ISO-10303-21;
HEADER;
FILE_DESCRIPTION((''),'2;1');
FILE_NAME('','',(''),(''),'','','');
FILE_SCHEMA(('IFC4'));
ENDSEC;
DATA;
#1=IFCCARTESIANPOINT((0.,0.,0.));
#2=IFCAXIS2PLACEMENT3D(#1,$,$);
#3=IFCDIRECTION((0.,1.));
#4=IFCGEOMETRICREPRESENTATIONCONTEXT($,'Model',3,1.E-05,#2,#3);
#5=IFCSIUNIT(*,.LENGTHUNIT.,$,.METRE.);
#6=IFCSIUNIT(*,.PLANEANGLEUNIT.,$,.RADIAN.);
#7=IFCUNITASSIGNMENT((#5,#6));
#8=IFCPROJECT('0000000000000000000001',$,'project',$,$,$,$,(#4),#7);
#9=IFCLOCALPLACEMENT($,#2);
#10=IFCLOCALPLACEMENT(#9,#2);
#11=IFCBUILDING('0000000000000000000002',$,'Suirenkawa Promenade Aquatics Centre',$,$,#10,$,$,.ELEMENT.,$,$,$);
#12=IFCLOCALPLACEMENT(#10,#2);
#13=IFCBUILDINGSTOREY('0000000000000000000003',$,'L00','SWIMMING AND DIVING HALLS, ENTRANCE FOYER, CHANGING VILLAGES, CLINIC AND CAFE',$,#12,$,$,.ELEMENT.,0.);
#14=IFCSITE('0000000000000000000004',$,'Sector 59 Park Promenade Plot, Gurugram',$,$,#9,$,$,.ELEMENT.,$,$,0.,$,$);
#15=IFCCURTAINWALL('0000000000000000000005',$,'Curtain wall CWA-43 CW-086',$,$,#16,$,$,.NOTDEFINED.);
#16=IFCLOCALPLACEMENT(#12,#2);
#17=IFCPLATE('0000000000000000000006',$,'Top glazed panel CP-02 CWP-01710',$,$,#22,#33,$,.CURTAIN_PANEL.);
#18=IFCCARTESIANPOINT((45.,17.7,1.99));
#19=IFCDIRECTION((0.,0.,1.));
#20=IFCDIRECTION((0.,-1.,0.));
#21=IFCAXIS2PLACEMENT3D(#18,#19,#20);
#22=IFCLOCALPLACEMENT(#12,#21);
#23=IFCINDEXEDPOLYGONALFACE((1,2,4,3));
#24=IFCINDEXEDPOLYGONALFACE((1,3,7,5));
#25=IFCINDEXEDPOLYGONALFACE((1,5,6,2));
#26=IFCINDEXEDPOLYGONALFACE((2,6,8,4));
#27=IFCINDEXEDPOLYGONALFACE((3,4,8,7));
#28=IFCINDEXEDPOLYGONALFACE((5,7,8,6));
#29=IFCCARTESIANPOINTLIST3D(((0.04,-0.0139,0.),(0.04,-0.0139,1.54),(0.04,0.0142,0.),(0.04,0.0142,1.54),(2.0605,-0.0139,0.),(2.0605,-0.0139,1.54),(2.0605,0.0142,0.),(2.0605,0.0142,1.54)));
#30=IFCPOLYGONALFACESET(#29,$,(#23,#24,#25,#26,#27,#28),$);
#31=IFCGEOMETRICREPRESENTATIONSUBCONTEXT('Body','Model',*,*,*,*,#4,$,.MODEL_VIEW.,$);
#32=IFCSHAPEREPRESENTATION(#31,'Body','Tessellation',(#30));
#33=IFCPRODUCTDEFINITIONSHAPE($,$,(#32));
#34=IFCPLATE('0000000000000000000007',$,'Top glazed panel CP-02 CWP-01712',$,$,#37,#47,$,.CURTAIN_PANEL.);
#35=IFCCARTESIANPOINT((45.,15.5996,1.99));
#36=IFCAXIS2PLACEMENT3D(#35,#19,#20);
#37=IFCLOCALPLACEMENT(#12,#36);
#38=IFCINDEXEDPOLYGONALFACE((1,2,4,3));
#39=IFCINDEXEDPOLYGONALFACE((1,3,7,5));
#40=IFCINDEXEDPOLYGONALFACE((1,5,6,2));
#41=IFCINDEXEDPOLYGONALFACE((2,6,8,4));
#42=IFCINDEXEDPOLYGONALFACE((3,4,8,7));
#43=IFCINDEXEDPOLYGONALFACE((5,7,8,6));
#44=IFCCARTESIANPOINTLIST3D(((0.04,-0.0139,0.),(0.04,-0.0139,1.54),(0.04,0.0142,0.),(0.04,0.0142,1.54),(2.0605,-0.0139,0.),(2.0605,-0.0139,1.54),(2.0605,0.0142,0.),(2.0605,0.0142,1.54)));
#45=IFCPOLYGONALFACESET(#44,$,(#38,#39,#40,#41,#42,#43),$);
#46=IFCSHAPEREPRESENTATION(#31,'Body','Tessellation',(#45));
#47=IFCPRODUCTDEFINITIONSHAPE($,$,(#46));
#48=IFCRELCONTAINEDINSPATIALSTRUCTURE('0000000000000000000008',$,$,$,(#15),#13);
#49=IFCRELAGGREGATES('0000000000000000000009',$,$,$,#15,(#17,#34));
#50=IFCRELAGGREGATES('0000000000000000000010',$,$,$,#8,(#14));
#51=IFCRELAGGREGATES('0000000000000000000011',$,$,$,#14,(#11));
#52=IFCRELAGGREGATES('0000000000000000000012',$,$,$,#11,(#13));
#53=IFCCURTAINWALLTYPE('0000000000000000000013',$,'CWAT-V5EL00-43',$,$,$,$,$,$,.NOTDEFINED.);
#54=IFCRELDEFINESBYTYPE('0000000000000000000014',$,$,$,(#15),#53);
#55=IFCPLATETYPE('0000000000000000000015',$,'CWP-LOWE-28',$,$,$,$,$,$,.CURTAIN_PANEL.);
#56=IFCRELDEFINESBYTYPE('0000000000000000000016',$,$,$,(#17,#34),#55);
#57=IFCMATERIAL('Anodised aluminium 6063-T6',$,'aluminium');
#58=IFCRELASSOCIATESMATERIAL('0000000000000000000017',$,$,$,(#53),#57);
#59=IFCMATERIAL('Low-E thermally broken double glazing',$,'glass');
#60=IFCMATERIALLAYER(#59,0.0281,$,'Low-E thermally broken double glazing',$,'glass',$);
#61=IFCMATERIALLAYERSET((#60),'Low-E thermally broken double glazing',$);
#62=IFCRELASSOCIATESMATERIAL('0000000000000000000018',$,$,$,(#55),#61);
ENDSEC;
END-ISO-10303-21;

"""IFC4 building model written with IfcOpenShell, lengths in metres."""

from ifc_helpers import new_model, si_unit, direction, frame, origin, place, context, subcontext, project, spatial, polyline, outline, extrude, material, layer, layer_set, type_object, element, aggregate, save


model = new_model("IFC4")

# Units and contexts
model_context = context("Model", 3, precision=1e-05, world=origin(), true_north=direction((0.0, 1.0)))
body_context = subcontext(model_context, "Body", "Model", "MODEL_VIEW")
ifc_project = project(units=[si_unit("LENGTHUNIT", "METRE"), si_unit("PLANEANGLEUNIT", "RADIAN")], contexts=[model_context])

# Site, building, storey
site_placement = place(None, origin())
site = spatial("IfcSite", under=ifc_project, at=site_placement, Name="Sector 59 Park Promenade Plot, Gurugram", CompositionType="ELEMENT", RefElevation=0.0)
building_placement = place(site_placement, origin())
building = spatial("IfcBuilding", under=site, at=building_placement, Name="Suirenkawa Promenade Aquatics Centre", CompositionType="ELEMENT")
storey_placement = place(building_placement, origin())
storey = spatial("IfcBuildingStorey", under=building, at=storey_placement, Name="L00", Description="SWIMMING AND DIVING HALLS, ENTRANCE FOYER, CHANGING VILLAGES, CLINIC AND CAFE", CompositionType="ELEMENT", Elevation=0.0)

# Curtain wall, plates
ifc_material_1 = material(Name="Anodised aluminium 6063-T6", Category="aluminium")
curtain_wall_type = type_object("IfcCurtainWallType", Name="CWAT-V5EL00-43", PredefinedType="NOTDEFINED", material=ifc_material_1)
curtain_wall_placement = place(storey_placement, origin())
curtain_wall = element("IfcCurtainWall", 1, at=curtain_wall_placement, inside=storey, type_object=curtain_wall_type, Name="Curtain wall CWA-43 CW-086", PredefinedType="NOTDEFINED")
ifc_material_2 = material(Name="Low-E thermally broken double glazing", Category="glass")
ifc_layer = layer(ifc_material_2, 0.0281, Name="Low-E thermally broken double glazing", Category="glass")
ifc_layer_set = layer_set([ifc_layer], Name="Low-E thermally broken double glazing")
plate_type = type_object("IfcPlateType", Name="CWP-LOWE-28", PredefinedType="CURTAIN_PANEL", material=ifc_layer_set)
plate_1_placement = place(storey_placement, frame((45.0, 17.7, 1.99), z_axis=(0.0, 0.0, 1.0), x_axis=(0.0, -1.0, 0.0)))
plate_1 = element("IfcPlate", 2, at=plate_1_placement, type_object=plate_type, Name="Top glazed panel CP-02 CWP-01710", PredefinedType="CURTAIN_PANEL", context=body_context, shape_type="SweptSolid", body=[
    extrude(outline(polyline([(0.04, 0.0), (2.0605, 0.0), (2.0605, 1.54), (0.04, 1.54), (0.04, 0.0)])), frame((0.0, 0.0142, 0.0), z_axis=(0.0, -1.0, 0.0), x_axis=(1.0, 0.0, 0.0)), (0.0, 0.0, 1.0), 0.0281),
])
plate_2_placement = place(storey_placement, frame((45.0, 15.5996, 1.99), z_axis=(0.0, 0.0, 1.0), x_axis=(0.0, -1.0, 0.0)))
plate_2 = element("IfcPlate", 3, at=plate_2_placement, type_object=plate_type, Name="Top glazed panel CP-02 CWP-01712", PredefinedType="CURTAIN_PANEL", context=body_context, shape_type="SweptSolid", body=[
    extrude(outline(polyline([(0.04, 0.0), (2.0605, 0.0), (2.0605, 1.54), (0.04, 1.54), (0.04, 0.0)])), frame((0.0, 0.0142, 0.0), z_axis=(0.0, -1.0, 0.0), x_axis=(1.0, 0.0, 0.0)), (0.0, 0.0, 1.0), 0.0281),
])
aggregate(curtain_wall, [plate_1, plate_2])

save(model, "model.ifc")
